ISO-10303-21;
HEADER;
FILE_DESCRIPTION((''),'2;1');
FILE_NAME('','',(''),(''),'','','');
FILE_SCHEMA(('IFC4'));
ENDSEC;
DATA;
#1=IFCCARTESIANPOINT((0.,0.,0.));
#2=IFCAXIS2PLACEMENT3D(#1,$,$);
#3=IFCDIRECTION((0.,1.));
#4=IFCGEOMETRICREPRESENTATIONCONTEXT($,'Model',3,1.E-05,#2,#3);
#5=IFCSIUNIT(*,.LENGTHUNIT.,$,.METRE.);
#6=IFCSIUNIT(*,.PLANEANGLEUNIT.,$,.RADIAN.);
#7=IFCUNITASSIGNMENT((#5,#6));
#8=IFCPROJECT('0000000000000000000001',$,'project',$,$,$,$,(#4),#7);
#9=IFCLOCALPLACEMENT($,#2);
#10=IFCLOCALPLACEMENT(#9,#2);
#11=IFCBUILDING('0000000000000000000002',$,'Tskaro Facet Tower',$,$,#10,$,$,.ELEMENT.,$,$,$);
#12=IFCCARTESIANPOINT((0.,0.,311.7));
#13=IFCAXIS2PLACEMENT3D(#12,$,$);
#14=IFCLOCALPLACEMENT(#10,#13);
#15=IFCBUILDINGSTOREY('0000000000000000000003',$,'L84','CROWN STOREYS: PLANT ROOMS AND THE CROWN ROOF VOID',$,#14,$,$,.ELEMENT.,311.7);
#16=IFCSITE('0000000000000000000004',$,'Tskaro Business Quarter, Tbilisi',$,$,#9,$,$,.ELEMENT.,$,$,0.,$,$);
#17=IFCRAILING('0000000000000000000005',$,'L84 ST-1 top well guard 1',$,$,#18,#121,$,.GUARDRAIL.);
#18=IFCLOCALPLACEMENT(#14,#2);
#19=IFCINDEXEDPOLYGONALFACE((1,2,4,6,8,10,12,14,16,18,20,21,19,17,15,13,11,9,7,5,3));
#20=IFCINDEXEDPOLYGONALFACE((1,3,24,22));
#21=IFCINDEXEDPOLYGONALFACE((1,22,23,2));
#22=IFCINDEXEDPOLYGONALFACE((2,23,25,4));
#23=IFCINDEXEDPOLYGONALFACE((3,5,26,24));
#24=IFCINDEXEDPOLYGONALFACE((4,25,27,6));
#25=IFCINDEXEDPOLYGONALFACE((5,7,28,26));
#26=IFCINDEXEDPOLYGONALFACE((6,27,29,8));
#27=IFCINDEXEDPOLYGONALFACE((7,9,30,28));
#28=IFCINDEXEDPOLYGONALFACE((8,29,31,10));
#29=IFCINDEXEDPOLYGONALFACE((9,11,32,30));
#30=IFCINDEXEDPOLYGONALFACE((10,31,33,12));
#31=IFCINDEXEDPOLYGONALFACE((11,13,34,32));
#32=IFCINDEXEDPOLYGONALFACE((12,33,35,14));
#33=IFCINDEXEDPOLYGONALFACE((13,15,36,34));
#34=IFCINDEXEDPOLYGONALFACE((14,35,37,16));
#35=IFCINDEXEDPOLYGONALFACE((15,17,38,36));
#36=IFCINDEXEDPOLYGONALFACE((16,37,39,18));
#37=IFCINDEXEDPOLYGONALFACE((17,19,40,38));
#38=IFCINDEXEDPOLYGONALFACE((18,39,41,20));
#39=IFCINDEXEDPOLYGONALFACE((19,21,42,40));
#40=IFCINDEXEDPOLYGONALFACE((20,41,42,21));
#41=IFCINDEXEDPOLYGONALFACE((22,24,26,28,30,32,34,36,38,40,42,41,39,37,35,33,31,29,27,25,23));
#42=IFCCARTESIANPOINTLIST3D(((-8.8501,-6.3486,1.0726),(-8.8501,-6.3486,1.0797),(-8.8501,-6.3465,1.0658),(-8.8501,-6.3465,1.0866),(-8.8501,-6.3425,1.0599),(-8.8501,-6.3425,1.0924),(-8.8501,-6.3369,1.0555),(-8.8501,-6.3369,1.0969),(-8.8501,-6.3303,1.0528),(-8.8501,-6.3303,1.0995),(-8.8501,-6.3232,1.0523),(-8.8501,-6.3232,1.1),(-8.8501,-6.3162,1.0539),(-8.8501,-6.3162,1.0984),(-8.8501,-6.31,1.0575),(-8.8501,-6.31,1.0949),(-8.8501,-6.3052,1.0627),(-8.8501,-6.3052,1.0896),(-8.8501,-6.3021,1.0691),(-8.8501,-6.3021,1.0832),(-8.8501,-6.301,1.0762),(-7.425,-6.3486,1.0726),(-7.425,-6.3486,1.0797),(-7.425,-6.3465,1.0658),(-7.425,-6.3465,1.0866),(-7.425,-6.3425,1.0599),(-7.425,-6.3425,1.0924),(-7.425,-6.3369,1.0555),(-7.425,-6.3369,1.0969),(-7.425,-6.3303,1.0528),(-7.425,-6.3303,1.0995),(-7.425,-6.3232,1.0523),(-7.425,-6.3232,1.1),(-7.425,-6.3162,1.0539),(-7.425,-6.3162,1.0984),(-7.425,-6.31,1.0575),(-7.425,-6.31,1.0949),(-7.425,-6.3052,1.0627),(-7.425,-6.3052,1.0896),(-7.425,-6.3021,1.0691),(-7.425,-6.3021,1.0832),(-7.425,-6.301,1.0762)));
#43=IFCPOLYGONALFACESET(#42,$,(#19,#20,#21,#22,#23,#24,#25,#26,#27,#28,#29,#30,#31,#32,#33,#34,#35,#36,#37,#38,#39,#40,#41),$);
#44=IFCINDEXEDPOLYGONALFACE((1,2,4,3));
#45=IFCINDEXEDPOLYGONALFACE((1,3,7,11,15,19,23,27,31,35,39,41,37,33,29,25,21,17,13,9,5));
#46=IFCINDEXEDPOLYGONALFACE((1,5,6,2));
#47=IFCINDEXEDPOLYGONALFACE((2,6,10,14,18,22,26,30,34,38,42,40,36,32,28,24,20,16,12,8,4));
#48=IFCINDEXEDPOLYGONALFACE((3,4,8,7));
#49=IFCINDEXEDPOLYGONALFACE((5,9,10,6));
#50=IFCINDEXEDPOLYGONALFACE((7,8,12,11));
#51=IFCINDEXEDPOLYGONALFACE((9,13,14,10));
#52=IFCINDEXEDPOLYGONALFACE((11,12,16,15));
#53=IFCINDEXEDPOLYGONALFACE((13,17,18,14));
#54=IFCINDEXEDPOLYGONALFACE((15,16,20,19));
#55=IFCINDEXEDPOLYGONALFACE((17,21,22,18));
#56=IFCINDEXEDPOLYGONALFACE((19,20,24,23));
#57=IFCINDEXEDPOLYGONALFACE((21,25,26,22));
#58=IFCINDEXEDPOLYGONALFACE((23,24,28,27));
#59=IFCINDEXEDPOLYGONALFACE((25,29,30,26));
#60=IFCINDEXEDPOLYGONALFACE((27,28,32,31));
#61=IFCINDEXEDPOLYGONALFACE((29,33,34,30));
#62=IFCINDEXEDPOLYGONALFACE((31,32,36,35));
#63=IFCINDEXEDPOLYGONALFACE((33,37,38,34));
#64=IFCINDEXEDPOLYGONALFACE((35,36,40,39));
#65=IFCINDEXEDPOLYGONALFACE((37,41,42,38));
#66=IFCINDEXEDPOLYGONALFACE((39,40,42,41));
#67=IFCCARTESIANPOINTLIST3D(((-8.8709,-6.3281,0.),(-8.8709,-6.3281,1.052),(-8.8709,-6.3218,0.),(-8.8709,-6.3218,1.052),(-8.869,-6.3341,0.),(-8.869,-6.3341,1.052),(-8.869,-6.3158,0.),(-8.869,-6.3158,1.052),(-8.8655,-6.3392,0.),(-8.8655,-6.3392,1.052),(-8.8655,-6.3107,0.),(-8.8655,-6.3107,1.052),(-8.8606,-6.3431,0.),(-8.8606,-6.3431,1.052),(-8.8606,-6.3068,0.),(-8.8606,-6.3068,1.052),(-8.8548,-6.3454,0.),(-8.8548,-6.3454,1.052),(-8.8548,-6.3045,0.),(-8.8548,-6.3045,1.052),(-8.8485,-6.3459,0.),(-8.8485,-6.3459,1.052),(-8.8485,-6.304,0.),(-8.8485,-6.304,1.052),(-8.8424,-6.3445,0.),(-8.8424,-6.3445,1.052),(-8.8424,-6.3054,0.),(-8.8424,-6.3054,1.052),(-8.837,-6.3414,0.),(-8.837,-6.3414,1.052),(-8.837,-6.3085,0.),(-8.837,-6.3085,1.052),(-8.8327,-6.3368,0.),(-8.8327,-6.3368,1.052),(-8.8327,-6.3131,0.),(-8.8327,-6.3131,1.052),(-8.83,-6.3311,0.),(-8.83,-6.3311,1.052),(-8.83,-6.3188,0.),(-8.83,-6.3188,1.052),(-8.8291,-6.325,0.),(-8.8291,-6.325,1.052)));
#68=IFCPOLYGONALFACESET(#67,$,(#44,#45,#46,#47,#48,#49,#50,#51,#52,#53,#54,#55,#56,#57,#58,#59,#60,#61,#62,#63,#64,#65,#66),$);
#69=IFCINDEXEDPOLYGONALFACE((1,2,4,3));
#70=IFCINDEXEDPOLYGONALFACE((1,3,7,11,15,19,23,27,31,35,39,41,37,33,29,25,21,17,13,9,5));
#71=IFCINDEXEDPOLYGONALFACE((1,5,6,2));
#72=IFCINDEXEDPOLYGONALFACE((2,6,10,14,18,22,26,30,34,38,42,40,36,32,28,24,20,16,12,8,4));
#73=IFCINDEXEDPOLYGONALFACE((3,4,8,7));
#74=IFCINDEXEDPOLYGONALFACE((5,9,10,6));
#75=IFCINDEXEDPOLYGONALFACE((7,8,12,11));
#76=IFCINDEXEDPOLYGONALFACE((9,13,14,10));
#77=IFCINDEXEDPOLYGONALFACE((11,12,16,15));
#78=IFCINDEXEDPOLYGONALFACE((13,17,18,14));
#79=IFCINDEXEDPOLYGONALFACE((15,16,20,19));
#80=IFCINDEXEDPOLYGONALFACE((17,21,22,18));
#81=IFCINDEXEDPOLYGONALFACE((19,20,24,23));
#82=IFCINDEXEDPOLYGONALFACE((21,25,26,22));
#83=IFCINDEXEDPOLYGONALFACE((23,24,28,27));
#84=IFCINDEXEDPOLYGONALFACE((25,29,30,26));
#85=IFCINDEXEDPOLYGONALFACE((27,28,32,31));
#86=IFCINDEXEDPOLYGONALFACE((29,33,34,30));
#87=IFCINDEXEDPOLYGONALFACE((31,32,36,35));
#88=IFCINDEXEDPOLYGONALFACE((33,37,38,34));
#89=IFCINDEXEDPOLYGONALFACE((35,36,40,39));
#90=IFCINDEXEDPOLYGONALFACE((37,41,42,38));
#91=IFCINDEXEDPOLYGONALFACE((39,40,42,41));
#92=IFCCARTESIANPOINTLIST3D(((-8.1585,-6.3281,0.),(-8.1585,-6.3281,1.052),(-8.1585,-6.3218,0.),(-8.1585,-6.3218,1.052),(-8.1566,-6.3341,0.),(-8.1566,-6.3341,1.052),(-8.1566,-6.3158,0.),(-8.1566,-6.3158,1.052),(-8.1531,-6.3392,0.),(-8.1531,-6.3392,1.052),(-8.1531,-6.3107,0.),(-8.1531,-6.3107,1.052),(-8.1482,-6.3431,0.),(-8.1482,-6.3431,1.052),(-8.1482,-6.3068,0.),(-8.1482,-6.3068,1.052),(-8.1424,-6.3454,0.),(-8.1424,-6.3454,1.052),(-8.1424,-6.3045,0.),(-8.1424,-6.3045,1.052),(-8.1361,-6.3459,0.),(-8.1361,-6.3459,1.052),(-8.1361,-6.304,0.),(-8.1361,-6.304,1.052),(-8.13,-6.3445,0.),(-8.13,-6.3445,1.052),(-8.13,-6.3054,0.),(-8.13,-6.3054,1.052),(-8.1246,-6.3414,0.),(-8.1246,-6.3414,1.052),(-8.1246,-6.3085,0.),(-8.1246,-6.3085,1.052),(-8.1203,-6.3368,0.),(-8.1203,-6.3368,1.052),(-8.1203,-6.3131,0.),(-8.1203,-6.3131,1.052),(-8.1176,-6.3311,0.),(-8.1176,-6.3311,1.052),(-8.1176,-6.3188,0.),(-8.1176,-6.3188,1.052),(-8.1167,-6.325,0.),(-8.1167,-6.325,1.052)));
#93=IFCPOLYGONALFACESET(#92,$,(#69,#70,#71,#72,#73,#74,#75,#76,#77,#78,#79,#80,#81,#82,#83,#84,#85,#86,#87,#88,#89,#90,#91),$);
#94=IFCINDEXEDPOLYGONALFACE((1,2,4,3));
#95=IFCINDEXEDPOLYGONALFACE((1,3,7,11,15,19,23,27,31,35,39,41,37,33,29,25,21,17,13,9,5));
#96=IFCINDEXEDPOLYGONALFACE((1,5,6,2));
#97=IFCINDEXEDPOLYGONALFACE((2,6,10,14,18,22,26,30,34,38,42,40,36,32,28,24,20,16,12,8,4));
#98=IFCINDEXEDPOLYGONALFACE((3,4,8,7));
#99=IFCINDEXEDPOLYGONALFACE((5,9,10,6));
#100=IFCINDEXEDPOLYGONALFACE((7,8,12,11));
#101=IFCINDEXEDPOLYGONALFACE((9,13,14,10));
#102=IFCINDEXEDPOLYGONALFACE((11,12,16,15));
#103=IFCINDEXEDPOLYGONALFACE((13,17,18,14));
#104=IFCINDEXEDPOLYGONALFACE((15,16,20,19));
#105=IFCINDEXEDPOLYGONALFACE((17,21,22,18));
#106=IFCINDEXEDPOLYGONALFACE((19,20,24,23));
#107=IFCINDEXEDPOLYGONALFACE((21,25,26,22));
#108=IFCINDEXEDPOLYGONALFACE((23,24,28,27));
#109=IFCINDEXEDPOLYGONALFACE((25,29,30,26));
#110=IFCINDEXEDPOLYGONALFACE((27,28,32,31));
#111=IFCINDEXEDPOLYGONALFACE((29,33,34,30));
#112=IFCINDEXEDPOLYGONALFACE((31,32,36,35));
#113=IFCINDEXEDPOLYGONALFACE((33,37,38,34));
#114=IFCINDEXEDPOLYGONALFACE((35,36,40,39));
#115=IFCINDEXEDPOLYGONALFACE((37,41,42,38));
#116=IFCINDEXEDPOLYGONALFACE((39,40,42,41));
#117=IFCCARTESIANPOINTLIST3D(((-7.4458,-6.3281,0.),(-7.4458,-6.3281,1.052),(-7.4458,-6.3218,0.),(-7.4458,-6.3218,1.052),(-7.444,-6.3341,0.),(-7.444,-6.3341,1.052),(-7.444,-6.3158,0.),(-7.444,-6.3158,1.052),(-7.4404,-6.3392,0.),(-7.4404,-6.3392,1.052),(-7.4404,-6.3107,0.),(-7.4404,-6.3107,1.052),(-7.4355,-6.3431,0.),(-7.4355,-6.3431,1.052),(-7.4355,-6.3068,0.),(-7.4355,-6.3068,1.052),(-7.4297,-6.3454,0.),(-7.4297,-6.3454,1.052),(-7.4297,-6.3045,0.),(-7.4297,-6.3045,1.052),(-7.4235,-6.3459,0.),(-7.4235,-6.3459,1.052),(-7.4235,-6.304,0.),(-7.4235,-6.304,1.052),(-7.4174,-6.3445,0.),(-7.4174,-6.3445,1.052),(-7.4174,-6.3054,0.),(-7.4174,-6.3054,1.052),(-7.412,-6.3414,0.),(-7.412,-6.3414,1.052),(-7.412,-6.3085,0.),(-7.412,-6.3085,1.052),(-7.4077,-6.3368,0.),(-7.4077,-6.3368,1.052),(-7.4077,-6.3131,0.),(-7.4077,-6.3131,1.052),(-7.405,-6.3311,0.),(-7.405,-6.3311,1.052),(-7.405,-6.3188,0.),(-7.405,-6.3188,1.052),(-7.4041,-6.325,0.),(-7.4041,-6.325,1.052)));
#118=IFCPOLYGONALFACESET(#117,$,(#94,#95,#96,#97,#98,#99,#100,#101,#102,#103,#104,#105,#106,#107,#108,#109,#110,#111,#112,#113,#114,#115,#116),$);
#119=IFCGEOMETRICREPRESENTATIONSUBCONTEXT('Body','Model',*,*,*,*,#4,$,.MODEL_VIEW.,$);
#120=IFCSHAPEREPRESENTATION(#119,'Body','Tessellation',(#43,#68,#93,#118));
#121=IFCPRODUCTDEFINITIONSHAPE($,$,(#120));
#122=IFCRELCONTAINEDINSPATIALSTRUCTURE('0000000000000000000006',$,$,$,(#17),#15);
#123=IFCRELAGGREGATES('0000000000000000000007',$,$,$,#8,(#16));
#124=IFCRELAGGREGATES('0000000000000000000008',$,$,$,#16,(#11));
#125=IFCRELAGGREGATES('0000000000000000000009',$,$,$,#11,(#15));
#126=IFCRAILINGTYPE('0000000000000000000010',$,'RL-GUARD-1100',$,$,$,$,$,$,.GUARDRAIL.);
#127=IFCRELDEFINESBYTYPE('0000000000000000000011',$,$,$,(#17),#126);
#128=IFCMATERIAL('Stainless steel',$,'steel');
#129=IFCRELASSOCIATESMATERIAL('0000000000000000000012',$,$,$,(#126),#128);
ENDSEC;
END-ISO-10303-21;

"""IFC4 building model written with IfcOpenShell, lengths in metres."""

from ifc_helpers import new_model, si_unit, direction, frame, origin, origin_2d, place, context, subcontext, project, spatial, circle, extrude, material, type_object, element, save


model = new_model("IFC4")

# Units and contexts
model_context = context("Model", 3, precision=1e-05, world=origin(), true_north=direction((0.0, 1.0)))
body_context = subcontext(model_context, "Body", "Model", "MODEL_VIEW")
ifc_project = project(units=[si_unit("LENGTHUNIT", "METRE"), si_unit("PLANEANGLEUNIT", "RADIAN")], contexts=[model_context])

# Site, building, storey
site_placement = place(None, origin())
site = spatial("IfcSite", under=ifc_project, at=site_placement, Name="Tskaro Business Quarter, Tbilisi", CompositionType="ELEMENT", RefElevation=0.0)
building_placement = place(site_placement, origin())
building = spatial("IfcBuilding", under=site, at=building_placement, Name="Tskaro Facet Tower", CompositionType="ELEMENT")
storey_placement = place(building_placement, frame((0.0, 0.0, 311.7)))
storey = spatial("IfcBuildingStorey", under=building, at=storey_placement, Name="L84", Description="CROWN STOREYS: PLANT ROOMS AND THE CROWN ROOF VOID", CompositionType="ELEMENT", Elevation=311.7)

# Railing
ifc_material_1 = material(Name="Stainless steel", Category="steel")
railing_type = type_object("IfcRailingType", Name="RL-GUARD-1100", PredefinedType="GUARDRAIL", material=ifc_material_1)
railing_placement = place(storey_placement, frame((-8.8501, -6.325, 0.0)))
element("IfcRailing", 1, at=railing_placement, inside=storey, type_object=railing_type, Name="L84 ST-1 top well guard 1", PredefinedType="GUARDRAIL", context=body_context, shape_type="SweptSolid", body=[
    extrude(circle(Radius=0.0239, at=origin_2d()), frame((0.0, 0.0, 1.0762), z_axis=(1.0, 0.0, 0.0), x_axis=(0.0, 1.0, 0.0)), (0.0, 0.0, 1.0), 1.425),
    extrude(circle(Radius=0.021, at=origin_2d()), origin(), (0.0, 0.0, 1.0), 1.052),
    extrude(circle(Radius=0.021, at=origin_2d()), frame((0.7124, 0.0, 0.0)), (0.0, 0.0, 1.0), 1.052),
    extrude(circle(Radius=0.021, at=origin_2d()), frame((1.425, 0.0, 0.0)), (0.0, 0.0, 1.0), 1.052),
])

save(model, "model.ifc")
